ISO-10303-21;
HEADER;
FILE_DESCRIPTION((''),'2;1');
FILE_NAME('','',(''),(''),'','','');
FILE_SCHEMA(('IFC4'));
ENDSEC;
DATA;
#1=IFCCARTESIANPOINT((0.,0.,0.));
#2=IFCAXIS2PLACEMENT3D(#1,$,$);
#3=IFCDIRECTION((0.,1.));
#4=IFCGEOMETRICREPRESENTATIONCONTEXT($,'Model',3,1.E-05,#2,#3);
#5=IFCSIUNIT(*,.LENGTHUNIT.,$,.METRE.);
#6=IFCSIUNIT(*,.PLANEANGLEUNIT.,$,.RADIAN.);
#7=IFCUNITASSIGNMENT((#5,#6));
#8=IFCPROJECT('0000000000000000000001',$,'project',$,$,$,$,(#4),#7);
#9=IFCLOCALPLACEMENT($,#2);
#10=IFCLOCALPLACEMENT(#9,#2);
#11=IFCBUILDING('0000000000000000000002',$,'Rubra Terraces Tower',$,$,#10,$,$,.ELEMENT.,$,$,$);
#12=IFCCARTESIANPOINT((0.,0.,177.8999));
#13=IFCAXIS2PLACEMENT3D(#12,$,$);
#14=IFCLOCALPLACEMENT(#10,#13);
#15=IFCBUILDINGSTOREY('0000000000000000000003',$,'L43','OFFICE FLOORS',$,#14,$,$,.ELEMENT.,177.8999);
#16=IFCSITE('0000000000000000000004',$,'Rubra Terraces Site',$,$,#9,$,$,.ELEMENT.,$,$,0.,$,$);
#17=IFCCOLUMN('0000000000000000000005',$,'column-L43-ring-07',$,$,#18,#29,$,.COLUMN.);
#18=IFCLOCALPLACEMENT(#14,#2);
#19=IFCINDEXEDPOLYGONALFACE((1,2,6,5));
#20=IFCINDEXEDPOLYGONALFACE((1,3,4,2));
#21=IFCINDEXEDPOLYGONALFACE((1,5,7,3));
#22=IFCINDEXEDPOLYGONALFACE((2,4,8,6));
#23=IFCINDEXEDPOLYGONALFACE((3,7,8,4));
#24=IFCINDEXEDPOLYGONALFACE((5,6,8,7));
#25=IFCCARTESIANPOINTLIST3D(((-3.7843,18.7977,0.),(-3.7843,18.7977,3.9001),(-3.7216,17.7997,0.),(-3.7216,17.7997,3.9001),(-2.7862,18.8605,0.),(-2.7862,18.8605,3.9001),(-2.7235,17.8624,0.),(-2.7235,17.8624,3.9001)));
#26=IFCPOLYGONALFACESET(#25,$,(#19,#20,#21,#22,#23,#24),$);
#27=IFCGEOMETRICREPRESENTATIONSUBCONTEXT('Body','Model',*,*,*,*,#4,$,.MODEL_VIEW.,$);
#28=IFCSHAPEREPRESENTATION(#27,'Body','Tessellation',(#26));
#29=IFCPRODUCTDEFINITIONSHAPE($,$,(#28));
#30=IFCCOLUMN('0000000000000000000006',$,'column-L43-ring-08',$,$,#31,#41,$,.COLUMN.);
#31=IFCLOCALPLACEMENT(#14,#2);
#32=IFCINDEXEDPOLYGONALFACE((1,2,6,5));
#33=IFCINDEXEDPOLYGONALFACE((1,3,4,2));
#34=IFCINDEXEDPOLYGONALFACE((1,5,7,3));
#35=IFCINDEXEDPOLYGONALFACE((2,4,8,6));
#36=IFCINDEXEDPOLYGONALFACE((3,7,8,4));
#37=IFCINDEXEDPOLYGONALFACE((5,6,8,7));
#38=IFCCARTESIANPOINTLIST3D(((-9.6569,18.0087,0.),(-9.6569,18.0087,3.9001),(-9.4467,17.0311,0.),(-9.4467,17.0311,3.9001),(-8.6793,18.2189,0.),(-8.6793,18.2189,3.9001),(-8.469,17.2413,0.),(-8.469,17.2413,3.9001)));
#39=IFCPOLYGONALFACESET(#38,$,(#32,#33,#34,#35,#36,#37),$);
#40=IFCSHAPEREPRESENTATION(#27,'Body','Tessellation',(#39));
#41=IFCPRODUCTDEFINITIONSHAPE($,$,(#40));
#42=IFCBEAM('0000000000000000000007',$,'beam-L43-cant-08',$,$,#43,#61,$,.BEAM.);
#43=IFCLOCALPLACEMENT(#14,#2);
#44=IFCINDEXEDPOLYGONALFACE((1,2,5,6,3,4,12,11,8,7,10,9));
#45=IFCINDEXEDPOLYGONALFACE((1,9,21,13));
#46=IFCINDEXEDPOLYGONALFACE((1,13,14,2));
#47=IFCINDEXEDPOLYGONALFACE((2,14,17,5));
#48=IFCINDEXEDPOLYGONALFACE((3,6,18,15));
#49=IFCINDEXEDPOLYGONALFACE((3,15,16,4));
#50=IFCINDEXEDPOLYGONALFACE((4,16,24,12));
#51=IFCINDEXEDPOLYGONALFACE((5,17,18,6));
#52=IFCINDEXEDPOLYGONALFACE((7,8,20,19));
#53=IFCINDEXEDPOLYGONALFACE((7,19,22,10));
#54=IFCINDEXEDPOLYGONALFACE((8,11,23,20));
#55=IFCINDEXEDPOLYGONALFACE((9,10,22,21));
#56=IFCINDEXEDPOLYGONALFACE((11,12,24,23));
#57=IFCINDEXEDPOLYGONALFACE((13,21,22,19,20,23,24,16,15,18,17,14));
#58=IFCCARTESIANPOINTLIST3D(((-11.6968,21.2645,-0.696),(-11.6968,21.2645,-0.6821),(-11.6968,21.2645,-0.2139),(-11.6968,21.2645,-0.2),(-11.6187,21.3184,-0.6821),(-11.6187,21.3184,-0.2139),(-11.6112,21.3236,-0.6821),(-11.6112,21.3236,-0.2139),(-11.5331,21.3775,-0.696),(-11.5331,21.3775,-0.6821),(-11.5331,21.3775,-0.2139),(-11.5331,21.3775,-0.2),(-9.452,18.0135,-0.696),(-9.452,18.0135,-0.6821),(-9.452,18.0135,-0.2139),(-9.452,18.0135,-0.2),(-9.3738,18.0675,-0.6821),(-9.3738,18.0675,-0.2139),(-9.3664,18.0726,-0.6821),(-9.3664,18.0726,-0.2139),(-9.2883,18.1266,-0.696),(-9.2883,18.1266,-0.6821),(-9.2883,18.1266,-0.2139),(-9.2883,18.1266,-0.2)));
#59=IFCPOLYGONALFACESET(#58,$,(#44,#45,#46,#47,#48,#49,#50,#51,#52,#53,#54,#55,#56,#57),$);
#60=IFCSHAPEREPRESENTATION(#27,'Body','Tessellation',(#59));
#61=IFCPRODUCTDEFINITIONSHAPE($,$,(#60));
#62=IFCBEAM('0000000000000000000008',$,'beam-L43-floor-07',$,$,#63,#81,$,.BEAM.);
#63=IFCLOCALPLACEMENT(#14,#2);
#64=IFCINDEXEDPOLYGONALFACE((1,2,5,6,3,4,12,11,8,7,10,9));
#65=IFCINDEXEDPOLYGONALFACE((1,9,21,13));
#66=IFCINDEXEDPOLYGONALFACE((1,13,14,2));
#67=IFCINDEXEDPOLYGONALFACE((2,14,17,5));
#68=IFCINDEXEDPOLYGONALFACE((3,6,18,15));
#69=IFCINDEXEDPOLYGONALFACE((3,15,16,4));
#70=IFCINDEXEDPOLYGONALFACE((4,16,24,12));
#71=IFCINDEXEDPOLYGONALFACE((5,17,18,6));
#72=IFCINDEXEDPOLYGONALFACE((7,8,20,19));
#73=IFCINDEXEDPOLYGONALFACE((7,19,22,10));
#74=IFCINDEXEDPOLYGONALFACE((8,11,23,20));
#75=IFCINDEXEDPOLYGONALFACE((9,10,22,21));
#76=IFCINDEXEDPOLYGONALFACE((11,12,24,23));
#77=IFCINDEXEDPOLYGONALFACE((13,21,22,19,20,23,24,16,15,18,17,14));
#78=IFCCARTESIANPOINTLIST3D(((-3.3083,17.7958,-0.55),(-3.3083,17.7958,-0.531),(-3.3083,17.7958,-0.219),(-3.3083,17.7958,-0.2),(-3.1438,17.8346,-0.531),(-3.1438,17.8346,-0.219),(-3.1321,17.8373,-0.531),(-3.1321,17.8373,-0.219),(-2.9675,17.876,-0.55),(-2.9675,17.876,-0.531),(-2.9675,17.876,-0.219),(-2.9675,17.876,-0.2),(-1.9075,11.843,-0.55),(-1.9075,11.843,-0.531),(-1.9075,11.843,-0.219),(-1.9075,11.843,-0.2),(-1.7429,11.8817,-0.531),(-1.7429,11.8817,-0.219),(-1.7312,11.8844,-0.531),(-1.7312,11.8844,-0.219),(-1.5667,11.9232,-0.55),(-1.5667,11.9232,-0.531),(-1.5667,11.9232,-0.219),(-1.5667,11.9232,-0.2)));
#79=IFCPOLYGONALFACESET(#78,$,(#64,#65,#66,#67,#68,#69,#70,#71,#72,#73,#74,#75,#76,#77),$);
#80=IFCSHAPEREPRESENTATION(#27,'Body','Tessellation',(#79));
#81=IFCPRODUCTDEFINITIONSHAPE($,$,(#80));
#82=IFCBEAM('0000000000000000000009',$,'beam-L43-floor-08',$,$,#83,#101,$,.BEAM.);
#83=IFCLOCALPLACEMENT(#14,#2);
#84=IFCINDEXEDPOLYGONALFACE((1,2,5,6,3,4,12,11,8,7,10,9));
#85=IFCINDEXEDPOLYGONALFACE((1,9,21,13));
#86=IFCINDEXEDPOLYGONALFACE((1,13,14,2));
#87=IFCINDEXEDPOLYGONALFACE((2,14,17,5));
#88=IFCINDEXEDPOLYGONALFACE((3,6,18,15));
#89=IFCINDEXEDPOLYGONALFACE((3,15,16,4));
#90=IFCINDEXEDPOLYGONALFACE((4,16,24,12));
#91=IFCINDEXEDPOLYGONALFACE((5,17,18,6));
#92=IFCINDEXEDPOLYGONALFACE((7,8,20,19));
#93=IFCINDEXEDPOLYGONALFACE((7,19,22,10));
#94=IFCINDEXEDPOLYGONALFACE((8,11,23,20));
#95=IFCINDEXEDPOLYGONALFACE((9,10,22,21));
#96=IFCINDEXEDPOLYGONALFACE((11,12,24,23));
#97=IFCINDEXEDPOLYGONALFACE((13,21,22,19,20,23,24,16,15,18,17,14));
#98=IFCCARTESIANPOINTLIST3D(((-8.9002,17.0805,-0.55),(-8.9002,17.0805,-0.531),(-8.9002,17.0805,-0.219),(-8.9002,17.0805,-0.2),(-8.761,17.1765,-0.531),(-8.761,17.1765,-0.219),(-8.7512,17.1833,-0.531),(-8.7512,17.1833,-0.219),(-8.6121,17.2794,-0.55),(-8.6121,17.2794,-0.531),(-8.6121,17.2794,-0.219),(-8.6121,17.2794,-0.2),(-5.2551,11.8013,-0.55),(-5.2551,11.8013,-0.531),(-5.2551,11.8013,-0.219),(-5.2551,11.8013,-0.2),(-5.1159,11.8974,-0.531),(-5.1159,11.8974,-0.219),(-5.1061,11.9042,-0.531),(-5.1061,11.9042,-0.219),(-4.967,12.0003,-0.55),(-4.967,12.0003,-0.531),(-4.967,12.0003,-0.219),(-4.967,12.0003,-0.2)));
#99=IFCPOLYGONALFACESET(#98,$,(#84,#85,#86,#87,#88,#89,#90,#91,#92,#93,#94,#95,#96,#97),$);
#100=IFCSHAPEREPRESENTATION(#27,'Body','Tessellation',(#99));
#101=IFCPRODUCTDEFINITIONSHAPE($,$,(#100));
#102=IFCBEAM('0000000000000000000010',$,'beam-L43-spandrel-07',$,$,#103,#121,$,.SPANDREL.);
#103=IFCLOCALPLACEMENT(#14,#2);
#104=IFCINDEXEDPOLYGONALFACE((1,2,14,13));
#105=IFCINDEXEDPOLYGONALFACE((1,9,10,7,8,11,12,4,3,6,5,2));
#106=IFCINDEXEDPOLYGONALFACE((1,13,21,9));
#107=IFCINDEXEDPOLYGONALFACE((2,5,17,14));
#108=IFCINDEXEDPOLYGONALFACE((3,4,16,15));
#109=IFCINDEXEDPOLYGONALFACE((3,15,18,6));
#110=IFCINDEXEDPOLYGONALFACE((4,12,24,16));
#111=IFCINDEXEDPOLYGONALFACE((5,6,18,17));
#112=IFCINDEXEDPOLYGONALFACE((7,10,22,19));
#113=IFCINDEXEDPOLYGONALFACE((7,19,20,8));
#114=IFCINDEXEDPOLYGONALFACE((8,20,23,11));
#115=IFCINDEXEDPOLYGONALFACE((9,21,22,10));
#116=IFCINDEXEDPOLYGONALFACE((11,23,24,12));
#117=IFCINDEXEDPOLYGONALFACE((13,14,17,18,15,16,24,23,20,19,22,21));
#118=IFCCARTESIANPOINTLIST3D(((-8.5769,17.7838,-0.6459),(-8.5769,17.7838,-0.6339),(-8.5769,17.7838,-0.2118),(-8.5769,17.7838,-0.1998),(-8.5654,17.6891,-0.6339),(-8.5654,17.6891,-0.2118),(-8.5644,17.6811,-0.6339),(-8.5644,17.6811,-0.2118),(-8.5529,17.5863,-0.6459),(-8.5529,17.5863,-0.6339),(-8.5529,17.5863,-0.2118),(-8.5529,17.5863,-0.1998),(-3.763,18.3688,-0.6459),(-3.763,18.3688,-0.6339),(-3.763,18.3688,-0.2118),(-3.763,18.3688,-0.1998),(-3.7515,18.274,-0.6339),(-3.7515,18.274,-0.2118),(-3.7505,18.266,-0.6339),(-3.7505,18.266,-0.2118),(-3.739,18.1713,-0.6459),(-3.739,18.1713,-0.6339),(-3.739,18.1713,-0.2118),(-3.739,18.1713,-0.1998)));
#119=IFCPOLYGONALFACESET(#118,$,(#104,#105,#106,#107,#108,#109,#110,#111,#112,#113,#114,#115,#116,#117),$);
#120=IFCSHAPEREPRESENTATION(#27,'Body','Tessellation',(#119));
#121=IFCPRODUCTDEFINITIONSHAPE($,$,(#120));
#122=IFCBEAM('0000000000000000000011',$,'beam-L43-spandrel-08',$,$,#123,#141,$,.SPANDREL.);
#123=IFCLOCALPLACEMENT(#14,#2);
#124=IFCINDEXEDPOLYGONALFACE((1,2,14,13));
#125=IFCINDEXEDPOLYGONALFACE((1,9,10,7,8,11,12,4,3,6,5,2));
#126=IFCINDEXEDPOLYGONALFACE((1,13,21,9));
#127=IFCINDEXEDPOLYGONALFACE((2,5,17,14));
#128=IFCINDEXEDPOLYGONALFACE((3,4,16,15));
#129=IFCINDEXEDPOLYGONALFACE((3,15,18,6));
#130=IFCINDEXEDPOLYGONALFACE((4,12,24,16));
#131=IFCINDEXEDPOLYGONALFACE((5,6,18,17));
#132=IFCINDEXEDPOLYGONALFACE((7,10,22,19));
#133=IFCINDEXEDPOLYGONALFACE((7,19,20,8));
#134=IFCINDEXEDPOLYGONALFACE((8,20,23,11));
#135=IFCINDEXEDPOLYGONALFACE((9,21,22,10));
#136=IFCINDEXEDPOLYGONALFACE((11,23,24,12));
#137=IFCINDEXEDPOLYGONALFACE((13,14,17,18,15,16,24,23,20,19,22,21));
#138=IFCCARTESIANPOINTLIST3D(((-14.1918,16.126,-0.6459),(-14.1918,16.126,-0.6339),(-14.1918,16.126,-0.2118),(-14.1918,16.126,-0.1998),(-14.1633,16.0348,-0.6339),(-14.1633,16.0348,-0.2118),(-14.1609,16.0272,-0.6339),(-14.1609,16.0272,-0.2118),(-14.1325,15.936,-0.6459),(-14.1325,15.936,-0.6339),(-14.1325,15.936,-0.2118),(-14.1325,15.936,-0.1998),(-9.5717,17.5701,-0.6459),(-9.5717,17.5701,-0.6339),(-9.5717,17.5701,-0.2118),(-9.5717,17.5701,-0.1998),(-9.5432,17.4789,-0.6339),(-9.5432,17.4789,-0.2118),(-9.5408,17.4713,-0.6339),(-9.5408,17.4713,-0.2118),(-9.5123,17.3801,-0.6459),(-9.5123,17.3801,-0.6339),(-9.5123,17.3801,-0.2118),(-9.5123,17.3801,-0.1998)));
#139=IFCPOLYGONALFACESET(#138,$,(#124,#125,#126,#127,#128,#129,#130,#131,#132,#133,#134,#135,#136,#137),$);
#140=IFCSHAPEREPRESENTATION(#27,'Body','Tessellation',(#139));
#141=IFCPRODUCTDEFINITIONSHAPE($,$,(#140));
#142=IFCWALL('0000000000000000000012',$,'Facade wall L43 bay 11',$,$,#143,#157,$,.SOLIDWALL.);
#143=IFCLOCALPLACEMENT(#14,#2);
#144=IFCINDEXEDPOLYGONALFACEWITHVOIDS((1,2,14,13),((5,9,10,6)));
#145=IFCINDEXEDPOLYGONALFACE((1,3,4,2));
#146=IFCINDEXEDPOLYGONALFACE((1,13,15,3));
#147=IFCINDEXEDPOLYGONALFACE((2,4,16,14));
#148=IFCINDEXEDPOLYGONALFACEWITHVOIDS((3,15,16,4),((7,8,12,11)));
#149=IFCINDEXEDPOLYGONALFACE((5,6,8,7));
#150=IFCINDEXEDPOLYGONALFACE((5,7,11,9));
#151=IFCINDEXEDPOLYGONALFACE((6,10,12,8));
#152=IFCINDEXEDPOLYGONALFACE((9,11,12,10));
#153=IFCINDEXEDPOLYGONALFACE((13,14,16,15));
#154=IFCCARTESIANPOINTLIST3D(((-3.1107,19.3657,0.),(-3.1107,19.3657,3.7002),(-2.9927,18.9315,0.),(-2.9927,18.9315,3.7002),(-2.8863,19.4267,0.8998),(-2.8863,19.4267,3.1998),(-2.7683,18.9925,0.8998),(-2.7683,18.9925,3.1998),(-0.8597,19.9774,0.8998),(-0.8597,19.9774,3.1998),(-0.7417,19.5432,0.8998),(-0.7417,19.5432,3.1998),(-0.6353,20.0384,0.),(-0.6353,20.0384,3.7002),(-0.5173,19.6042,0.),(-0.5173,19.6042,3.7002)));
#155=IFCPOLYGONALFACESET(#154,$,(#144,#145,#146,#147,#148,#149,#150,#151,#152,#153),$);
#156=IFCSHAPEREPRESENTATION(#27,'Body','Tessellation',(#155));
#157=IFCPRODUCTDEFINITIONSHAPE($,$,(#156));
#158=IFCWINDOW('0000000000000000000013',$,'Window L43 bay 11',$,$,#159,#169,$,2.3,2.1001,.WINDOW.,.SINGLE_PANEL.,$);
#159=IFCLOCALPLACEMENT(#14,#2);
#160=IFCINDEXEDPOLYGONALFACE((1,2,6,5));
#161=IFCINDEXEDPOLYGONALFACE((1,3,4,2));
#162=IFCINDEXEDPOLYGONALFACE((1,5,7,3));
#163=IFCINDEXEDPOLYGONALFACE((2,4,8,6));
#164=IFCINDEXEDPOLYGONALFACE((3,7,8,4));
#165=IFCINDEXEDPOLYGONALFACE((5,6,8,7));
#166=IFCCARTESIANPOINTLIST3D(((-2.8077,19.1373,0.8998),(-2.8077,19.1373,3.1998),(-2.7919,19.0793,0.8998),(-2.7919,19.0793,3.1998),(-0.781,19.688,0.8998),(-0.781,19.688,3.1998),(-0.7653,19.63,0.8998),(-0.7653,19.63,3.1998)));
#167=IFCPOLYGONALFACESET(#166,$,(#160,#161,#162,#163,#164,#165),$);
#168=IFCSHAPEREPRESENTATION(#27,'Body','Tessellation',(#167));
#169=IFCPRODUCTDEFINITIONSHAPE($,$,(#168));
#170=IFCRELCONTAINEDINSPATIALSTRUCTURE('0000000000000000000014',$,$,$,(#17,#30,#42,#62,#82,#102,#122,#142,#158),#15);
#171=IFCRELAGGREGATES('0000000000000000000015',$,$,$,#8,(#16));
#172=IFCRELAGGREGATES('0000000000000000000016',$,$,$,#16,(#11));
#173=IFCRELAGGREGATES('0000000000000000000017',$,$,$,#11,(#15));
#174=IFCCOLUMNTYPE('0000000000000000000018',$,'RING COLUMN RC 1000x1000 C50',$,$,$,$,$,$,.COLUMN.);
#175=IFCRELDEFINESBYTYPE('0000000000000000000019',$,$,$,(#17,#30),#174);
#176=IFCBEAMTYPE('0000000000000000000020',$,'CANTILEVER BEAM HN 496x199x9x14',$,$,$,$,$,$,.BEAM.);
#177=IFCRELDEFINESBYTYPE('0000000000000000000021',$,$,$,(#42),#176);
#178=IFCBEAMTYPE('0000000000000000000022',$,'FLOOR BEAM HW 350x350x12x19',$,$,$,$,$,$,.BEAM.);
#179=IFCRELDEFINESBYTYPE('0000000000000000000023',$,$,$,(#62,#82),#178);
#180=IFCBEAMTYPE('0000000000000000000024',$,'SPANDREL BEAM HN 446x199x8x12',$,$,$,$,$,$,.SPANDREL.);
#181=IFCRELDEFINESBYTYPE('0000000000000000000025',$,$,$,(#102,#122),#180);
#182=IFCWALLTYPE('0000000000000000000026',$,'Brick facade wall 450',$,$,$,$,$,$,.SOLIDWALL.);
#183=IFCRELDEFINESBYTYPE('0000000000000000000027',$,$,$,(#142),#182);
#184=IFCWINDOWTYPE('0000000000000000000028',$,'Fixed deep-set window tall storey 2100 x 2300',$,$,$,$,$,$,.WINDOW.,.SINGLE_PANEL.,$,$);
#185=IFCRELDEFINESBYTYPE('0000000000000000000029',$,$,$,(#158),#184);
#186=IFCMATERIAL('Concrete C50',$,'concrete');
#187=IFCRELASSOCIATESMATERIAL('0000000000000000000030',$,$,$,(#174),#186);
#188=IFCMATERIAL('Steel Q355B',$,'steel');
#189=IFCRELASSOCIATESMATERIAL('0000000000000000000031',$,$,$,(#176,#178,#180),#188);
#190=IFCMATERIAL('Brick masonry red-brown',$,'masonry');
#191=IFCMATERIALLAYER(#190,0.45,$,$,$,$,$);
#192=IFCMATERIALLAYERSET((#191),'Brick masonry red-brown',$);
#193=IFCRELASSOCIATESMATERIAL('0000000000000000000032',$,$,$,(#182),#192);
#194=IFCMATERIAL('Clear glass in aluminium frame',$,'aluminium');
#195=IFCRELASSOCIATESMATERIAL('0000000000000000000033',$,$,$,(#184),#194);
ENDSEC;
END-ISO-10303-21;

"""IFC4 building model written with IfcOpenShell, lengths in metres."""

from ifc_helpers import new_model, si_unit, direction, frame, frame_2d, origin, origin_2d, place, context, subcontext, project, spatial, rectangle, i_section, extrude, material, layer, layer_set, material_profile, profile_set, type_object, element, fill, save


model = new_model("IFC4")

# Units and contexts
model_context = context("Model", 3, precision=1e-05, world=origin(), true_north=direction((0.0, 1.0)))
body_context = subcontext(model_context, "Body", "Model", "MODEL_VIEW")
ifc_project = project(units=[si_unit("LENGTHUNIT", "METRE"), si_unit("PLANEANGLEUNIT", "RADIAN")], contexts=[model_context])

# Site, building, storey
site_placement = place(None, origin())
site = spatial("IfcSite", under=ifc_project, at=site_placement, Name="Rubra Terraces Site", CompositionType="ELEMENT", RefElevation=0.0)
building_placement = place(site_placement, origin())
building = spatial("IfcBuilding", under=site, at=building_placement, Name="Rubra Terraces Tower", CompositionType="ELEMENT")
storey_placement = place(building_placement, frame((0.0, 0.0, 177.8999)))
storey = spatial("IfcBuildingStorey", under=building, at=storey_placement, Name="L43", Description="OFFICE FLOORS", CompositionType="ELEMENT", Elevation=177.8999)

# Columns
ifc_material_1 = material(Name="Concrete C50", Category="concrete")
ifc_material_profile_1 = material_profile(ifc_material_1, rectangle(XDim=1.0, YDim=1.0, at=origin_2d()), Name="RC 1000x1000")
ifc_profile_set_1 = profile_set([ifc_material_profile_1], Name="Concrete C50")
column_type = type_object("IfcColumnType", Name="RING COLUMN RC 1000x1000 C50", PredefinedType="COLUMN", material=ifc_profile_set_1)
for number, where, z_axis, x_axis, name in (
    (1, (-3.2539, 18.3301, 0.0), (0.0, 0.0, 1.0), (-0.998032, -0.062714, 0.0), "column-L43-ring-07"),
    (2, (-9.063, 17.625, 0.0), (0.0, 0.0, 1.0), (-0.977653, -0.210227, 0.0), "column-L43-ring-08"),
):
    element("IfcColumn", number, at=place(storey_placement, frame(where, z_axis=z_axis, x_axis=x_axis)), inside=storey, type_object=column_type, Name=name, PredefinedType="COLUMN", context=body_context, shape_type="SweptSolid", body=[
        extrude(rectangle(XDim=1.0, YDim=1.0, at=origin_2d()), origin(), (0.0, 0.0, 1.0), 3.9001),
    ])

# Beams
ifc_material_2 = material(Name="Steel Q355B", Category="steel")
ifc_material_profile_2 = material_profile(ifc_material_2, i_section(OverallWidth=0.199, OverallDepth=0.4961, WebThickness=0.009, FlangeThickness=0.0139, at=origin_2d()), Name="HN 496x199x9x14")
ifc_profile_set_2 = profile_set([ifc_material_profile_2], Name="Steel Q355B")
beam_type_1 = type_object("IfcBeamType", Name="CANTILEVER BEAM HN 496x199x9x14", PredefinedType="BEAM", material=ifc_profile_set_2)
beam_1_placement = place(storey_placement, frame((-9.3701, 18.0701, -0.448), z_axis=(-0.568217, 0.822879, 0.0), x_axis=(-0.822879, -0.568217, 0.0)))
element("IfcBeam", 3, at=beam_1_placement, inside=storey, type_object=beam_type_1, Name="beam-L43-cant-08", PredefinedType="BEAM", context=body_context, shape_type="SweptSolid", body=[
    extrude(i_section(OverallWidth=0.199, OverallDepth=0.4961, WebThickness=0.009, FlangeThickness=0.0139, at=origin_2d()), origin(), (0.0, 0.0, 1.0), 3.9507),
])
ifc_material_profile_3 = material_profile(ifc_material_2, i_section(OverallWidth=0.3501, OverallDepth=0.3501, WebThickness=0.012, FlangeThickness=0.019, at=origin_2d()), Name="HW 350x350x12x19")
ifc_profile_set_3 = profile_set([ifc_material_profile_3], Name="Steel Q355B")
beam_type_2 = type_object("IfcBeamType", Name="FLOOR BEAM HW 350x350x12x19", PredefinedType="BEAM", material=ifc_profile_set_3)
beam_2_placement = place(storey_placement, frame((-3.1379, 17.8359, -0.375), z_axis=(0.22907, -0.97341, 0.0), x_axis=(0.97341, 0.22907, 0.0)))
element("IfcBeam", 4, at=beam_2_placement, inside=storey, type_object=beam_type_2, Name="beam-L43-floor-07", PredefinedType="BEAM", context=body_context, shape_type="SweptSolid", body=[
    extrude(i_section(OverallWidth=0.3501, OverallDepth=0.3501, WebThickness=0.012, FlangeThickness=0.019, at=origin_2d()), origin(), (0.0, 0.0, 1.0), 6.1155),
])
beam_3_placement = place(storey_placement, frame((-8.7561, 17.1799, -0.375), z_axis=(0.568186, -0.8229, 0.0), x_axis=(0.8229, 0.568186, 0.0)))
element("IfcBeam", 5, at=beam_3_placement, inside=storey, type_object=beam_type_2, Name="beam-L43-floor-08", PredefinedType="BEAM", context=body_context, shape_type="SweptSolid", body=[
    extrude(i_section(OverallWidth=0.3501, OverallDepth=0.3501, WebThickness=0.012, FlangeThickness=0.019, at=origin_2d()), origin(), (0.0, 0.0, 1.0), 6.4153),
])
ifc_material_profile_4 = material_profile(ifc_material_2, i_section(OverallWidth=0.199, OverallDepth=0.446, WebThickness=0.0081, FlangeThickness=0.012, at=origin_2d()), Name="HN 446x199x8x12")
ifc_profile_set_4 = profile_set([ifc_material_profile_4], Name="Steel Q355B")
beam_type_3 = type_object("IfcBeamType", Name="SPANDREL BEAM HN 446x199x8x12", PredefinedType="SPANDREL", material=ifc_profile_set_4)
beam_4_placement = place(storey_placement, frame((-3.751, 18.27, -0.4229), z_axis=(-0.992698, -0.120626, 0.0), x_axis=(0.120626, -0.992698, 0.0)))
element("IfcBeam", 6, at=beam_4_placement, inside=storey, type_object=beam_type_3, Name="beam-L43-spandrel-07", PredefinedType="SPANDREL", context=body_context, shape_type="SweptSolid", body=[
    extrude(i_section(OverallWidth=0.199, OverallDepth=0.446, WebThickness=0.0081, FlangeThickness=0.012, at=origin_2d()), origin(), (0.0, 0.0, 1.0), 4.8494),
])
beam_5_placement = place(storey_placement, frame((-9.542, 17.4751, -0.4229), z_axis=(-0.954462, -0.298332, 0.0), x_axis=(0.298332, -0.954462, 0.0)))
element("IfcBeam", 7, at=beam_5_placement, inside=storey, type_object=beam_type_3, Name="beam-L43-spandrel-08", PredefinedType="SPANDREL", context=body_context, shape_type="SweptSolid", body=[
    extrude(i_section(OverallWidth=0.199, OverallDepth=0.446, WebThickness=0.0081, FlangeThickness=0.012, at=origin_2d()), origin(), (0.0, 0.0, 1.0), 4.8406),
])

# Wall, opening, window
ifc_material_3 = material(Name="Brick masonry red-brown", Category="masonry")
ifc_layer_1 = layer(ifc_material_3, 0.45)
ifc_layer_set_1 = layer_set([ifc_layer_1], Name="Brick masonry red-brown")
wall_type_1 = type_object("IfcWallType", Name="Brick facade wall 450", PredefinedType="SOLIDWALL", material=ifc_layer_set_1)
wall_1_placement = place(storey_placement, frame((-0.5762, 19.8213, 0.0), z_axis=(0.0, 0.0, 1.0), x_axis=(-0.965009, -0.262215, 0.0)))
wall_1 = element("IfcWall", 8, at=wall_1_placement, inside=storey, type_object=wall_type_1, Name="Facade wall L43 bay 11", PredefinedType="SOLIDWALL", context=body_context, shape_type="SweptSolid", body=[
    extrude(rectangle(XDim=2.5652, YDim=0.45, at=frame_2d((1.2827, 0.0))), origin(), (0.0, 0.0, 1.0), 3.7002),
])
opening_1_placement = place(wall_1_placement, frame((0.2327, 0.0, 0.8999)))
opening_1 = element("IfcOpeningElement", 9, at=opening_1_placement, cuts=wall_1, PredefinedType="OPENING", context=body_context, shape_type="SweptSolid", body=[
    extrude(rectangle(XDim=2.1001, YDim=2.3, at=frame_2d((1.05, 1.1499))), frame((0.0, 0.2349, 0.0), z_axis=(0.0, -1.0, 0.0), x_axis=(1.0, 0.0, 0.0)), (0.0, 0.0, 1.0), 0.47),
])
ifc_material_4 = material(Name="Clear glass in aluminium frame", Category="aluminium")
window_type = type_object("IfcWindowType", Name="Fixed deep-set window tall storey 2100 x 2300", PartitioningType="SINGLE_PANEL", PredefinedType="WINDOW", material=ifc_material_4)
window_1_placement = place(opening_1_placement, origin())
window_1 = element("IfcWindow", 10, at=window_1_placement, inside=storey, type_object=window_type, Name="Window L43 bay 11", OverallHeight=2.3, OverallWidth=2.1001, PartitioningType="SINGLE_PANEL", PredefinedType="WINDOW", context=body_context, shape_type="SweptSolid", body=[
    extrude(rectangle(XDim=2.1001, YDim=2.3, at=frame_2d((1.05, 1.1499))), frame((0.0, 0.135, 0.0), z_axis=(0.0, -1.0, 0.0), x_axis=(1.0, 0.0, 0.0)), (0.0, 0.0, 1.0), 0.0601),
])
fill(opening_1, window_1)

save(model, "model.ifc")
